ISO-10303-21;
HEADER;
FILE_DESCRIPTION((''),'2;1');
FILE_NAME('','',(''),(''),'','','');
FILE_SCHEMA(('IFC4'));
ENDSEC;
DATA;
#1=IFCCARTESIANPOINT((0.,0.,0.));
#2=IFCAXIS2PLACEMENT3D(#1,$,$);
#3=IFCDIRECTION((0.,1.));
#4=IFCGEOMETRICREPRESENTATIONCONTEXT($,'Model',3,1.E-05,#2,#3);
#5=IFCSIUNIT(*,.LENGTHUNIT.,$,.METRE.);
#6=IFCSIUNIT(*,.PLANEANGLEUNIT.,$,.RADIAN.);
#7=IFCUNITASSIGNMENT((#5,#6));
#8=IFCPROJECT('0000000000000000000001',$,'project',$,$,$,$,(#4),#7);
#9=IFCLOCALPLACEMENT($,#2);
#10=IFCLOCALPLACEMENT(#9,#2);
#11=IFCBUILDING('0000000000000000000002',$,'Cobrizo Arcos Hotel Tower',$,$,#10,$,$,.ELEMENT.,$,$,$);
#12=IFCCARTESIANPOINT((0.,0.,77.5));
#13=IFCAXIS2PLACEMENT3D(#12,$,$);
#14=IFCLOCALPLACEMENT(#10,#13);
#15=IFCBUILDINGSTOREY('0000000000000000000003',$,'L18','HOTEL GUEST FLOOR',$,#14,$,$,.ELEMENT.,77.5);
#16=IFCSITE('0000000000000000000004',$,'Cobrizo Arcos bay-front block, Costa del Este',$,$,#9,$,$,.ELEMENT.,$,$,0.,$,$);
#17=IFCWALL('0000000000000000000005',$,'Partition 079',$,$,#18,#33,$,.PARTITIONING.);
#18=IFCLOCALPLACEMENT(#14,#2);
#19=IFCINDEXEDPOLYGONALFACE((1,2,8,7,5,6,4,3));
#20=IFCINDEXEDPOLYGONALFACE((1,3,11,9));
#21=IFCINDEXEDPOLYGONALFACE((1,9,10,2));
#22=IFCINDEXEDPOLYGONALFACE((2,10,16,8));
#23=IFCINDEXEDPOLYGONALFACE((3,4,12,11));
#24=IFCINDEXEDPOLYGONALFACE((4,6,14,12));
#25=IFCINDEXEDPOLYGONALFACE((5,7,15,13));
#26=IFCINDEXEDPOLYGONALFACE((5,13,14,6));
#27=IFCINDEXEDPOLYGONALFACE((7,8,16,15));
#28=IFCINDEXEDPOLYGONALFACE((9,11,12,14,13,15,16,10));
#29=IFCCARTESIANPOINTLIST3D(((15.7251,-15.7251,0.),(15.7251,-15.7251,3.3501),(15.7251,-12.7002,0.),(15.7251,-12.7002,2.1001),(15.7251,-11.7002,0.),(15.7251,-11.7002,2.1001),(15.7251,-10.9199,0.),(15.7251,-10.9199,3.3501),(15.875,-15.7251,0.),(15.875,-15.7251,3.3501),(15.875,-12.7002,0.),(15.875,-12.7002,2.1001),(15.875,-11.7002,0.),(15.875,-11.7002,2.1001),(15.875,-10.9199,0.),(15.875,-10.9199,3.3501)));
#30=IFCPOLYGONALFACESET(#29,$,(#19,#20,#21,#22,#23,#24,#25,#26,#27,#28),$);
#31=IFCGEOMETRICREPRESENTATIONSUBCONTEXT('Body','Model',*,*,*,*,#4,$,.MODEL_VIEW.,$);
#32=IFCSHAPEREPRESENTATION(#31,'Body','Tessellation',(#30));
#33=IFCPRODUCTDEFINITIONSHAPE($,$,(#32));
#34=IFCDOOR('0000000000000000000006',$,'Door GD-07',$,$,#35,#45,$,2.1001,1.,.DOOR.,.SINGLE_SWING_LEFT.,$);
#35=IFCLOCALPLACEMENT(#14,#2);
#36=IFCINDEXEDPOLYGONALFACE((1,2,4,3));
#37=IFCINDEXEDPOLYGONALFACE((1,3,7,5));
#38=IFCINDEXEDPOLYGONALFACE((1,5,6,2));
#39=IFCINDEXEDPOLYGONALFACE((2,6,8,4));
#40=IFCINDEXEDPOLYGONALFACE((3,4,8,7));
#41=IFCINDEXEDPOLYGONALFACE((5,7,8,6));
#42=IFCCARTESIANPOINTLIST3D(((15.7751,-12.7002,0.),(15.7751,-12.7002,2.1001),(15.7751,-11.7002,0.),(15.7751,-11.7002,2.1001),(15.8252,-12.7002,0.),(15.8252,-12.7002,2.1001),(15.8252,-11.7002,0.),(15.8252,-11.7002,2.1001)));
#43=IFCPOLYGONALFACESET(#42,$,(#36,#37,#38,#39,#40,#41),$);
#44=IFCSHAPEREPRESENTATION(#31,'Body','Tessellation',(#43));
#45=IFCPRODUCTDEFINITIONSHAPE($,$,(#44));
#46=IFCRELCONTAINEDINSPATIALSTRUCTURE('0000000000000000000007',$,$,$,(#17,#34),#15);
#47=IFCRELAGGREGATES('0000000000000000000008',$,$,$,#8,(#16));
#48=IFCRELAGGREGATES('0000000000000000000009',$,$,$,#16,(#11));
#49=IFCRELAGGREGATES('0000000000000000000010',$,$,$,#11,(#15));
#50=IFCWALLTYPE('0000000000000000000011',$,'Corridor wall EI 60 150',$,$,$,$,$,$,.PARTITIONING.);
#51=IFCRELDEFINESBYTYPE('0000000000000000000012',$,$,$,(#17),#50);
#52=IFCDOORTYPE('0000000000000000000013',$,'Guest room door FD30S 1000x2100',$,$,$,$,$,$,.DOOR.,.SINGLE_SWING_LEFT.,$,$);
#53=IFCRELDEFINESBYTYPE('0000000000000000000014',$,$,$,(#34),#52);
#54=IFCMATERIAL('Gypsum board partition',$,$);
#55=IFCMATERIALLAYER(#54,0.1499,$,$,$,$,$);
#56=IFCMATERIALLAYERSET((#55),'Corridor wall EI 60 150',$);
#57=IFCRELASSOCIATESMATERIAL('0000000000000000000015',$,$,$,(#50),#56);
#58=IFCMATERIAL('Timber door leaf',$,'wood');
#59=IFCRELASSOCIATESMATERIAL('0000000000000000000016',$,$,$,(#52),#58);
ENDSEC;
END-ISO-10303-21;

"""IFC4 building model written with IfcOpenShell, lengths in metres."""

from ifc_helpers import new_model, si_unit, direction, frame, frame_2d, origin, place, context, subcontext, project, spatial, rectangle, extrude, material, layer, layer_set, type_object, element, fill, save


model = new_model("IFC4")

# Units and contexts
model_context = context("Model", 3, precision=1e-05, world=origin(), true_north=direction((0.0, 1.0)))
body_context = subcontext(model_context, "Body", "Model", "MODEL_VIEW")
ifc_project = project(units=[si_unit("LENGTHUNIT", "METRE"), si_unit("PLANEANGLEUNIT", "RADIAN")], contexts=[model_context])

# Site, building, storey
site_placement = place(None, origin())
site = spatial("IfcSite", under=ifc_project, at=site_placement, Name="Cobrizo Arcos bay-front block, Costa del Este", CompositionType="ELEMENT", RefElevation=0.0)
building_placement = place(site_placement, origin())
building = spatial("IfcBuilding", under=site, at=building_placement, Name="Cobrizo Arcos Hotel Tower", CompositionType="ELEMENT")
storey_placement = place(building_placement, frame((0.0, 0.0, 77.5)))
storey = spatial("IfcBuildingStorey", under=building, at=storey_placement, Name="L18", Description="HOTEL GUEST FLOOR", CompositionType="ELEMENT", Elevation=77.5)

# Shared definitions
ifc_material_1 = material(Name="Gypsum board partition")
ifc_layer_1 = layer(ifc_material_1, 0.1499)
ifc_layer_set_1 = layer_set([ifc_layer_1], Name="Corridor wall EI 60 150")
wall_type_1 = type_object("IfcWallType", Name="Corridor wall EI 60 150", PredefinedType="PARTITIONING", material=ifc_layer_set_1)
ifc_material_2 = material(Name="Timber door leaf", Category="wood")
door_type_1 = type_object("IfcDoorType", Name="Guest room door FD30S 1000x2100", OperationType="SINGLE_SWING_LEFT", PredefinedType="DOOR", material=ifc_material_2)

# Wall, opening, door
wall_1_placement = place(storey_placement, frame((15.8, -15.7251, 0.0), z_axis=(0.0, 0.0, 1.0), x_axis=(0.0, 1.0, 0.0)))
wall_1 = element("IfcWall", 1, at=wall_1_placement, inside=storey, type_object=wall_type_1, Name="Partition 079", PredefinedType="PARTITIONING", context=body_context, shape_type="SweptSolid", body=[
    extrude(rectangle(XDim=4.8052, YDim=0.1499, at=frame_2d((2.4026, 0.0))), origin(), (0.0, 0.0, 1.0), 3.3501),
])
opening_1_placement = place(wall_1_placement, frame((3.0249, 0.0, 0.0)))
opening_1 = element("IfcOpeningElement", 2, at=opening_1_placement, cuts=wall_1, PredefinedType="OPENING", context=body_context, shape_type="SweptSolid", body=[
    extrude(rectangle(XDim=1.0, YDim=2.1001, at=frame_2d((0.5, 1.05))), frame((0.0, 0.0869, 0.0), z_axis=(0.0, -1.0, 0.0), x_axis=(1.0, 0.0, 0.0)), (0.0, 0.0, 1.0), 0.1738),
])
door_1_placement = place(opening_1_placement, origin())
door_1 = element("IfcDoor", 3, at=door_1_placement, inside=storey, type_object=door_type_1, Name="Door GD-07", OperationType="SINGLE_SWING_LEFT", OverallHeight=2.1001, OverallWidth=1.0, PredefinedType="DOOR", context=body_context, shape_type="SweptSolid", body=[
    extrude(rectangle(XDim=1.0, YDim=2.1001, at=frame_2d((0.5, 1.05))), frame((0.0, 0.0249, 0.0), z_axis=(0.0, -1.0, 0.0), x_axis=(1.0, 0.0, 0.0)), (0.0, 0.0, 1.0), 0.05),
])
fill(opening_1, door_1)

save(model, "model.ifc")
